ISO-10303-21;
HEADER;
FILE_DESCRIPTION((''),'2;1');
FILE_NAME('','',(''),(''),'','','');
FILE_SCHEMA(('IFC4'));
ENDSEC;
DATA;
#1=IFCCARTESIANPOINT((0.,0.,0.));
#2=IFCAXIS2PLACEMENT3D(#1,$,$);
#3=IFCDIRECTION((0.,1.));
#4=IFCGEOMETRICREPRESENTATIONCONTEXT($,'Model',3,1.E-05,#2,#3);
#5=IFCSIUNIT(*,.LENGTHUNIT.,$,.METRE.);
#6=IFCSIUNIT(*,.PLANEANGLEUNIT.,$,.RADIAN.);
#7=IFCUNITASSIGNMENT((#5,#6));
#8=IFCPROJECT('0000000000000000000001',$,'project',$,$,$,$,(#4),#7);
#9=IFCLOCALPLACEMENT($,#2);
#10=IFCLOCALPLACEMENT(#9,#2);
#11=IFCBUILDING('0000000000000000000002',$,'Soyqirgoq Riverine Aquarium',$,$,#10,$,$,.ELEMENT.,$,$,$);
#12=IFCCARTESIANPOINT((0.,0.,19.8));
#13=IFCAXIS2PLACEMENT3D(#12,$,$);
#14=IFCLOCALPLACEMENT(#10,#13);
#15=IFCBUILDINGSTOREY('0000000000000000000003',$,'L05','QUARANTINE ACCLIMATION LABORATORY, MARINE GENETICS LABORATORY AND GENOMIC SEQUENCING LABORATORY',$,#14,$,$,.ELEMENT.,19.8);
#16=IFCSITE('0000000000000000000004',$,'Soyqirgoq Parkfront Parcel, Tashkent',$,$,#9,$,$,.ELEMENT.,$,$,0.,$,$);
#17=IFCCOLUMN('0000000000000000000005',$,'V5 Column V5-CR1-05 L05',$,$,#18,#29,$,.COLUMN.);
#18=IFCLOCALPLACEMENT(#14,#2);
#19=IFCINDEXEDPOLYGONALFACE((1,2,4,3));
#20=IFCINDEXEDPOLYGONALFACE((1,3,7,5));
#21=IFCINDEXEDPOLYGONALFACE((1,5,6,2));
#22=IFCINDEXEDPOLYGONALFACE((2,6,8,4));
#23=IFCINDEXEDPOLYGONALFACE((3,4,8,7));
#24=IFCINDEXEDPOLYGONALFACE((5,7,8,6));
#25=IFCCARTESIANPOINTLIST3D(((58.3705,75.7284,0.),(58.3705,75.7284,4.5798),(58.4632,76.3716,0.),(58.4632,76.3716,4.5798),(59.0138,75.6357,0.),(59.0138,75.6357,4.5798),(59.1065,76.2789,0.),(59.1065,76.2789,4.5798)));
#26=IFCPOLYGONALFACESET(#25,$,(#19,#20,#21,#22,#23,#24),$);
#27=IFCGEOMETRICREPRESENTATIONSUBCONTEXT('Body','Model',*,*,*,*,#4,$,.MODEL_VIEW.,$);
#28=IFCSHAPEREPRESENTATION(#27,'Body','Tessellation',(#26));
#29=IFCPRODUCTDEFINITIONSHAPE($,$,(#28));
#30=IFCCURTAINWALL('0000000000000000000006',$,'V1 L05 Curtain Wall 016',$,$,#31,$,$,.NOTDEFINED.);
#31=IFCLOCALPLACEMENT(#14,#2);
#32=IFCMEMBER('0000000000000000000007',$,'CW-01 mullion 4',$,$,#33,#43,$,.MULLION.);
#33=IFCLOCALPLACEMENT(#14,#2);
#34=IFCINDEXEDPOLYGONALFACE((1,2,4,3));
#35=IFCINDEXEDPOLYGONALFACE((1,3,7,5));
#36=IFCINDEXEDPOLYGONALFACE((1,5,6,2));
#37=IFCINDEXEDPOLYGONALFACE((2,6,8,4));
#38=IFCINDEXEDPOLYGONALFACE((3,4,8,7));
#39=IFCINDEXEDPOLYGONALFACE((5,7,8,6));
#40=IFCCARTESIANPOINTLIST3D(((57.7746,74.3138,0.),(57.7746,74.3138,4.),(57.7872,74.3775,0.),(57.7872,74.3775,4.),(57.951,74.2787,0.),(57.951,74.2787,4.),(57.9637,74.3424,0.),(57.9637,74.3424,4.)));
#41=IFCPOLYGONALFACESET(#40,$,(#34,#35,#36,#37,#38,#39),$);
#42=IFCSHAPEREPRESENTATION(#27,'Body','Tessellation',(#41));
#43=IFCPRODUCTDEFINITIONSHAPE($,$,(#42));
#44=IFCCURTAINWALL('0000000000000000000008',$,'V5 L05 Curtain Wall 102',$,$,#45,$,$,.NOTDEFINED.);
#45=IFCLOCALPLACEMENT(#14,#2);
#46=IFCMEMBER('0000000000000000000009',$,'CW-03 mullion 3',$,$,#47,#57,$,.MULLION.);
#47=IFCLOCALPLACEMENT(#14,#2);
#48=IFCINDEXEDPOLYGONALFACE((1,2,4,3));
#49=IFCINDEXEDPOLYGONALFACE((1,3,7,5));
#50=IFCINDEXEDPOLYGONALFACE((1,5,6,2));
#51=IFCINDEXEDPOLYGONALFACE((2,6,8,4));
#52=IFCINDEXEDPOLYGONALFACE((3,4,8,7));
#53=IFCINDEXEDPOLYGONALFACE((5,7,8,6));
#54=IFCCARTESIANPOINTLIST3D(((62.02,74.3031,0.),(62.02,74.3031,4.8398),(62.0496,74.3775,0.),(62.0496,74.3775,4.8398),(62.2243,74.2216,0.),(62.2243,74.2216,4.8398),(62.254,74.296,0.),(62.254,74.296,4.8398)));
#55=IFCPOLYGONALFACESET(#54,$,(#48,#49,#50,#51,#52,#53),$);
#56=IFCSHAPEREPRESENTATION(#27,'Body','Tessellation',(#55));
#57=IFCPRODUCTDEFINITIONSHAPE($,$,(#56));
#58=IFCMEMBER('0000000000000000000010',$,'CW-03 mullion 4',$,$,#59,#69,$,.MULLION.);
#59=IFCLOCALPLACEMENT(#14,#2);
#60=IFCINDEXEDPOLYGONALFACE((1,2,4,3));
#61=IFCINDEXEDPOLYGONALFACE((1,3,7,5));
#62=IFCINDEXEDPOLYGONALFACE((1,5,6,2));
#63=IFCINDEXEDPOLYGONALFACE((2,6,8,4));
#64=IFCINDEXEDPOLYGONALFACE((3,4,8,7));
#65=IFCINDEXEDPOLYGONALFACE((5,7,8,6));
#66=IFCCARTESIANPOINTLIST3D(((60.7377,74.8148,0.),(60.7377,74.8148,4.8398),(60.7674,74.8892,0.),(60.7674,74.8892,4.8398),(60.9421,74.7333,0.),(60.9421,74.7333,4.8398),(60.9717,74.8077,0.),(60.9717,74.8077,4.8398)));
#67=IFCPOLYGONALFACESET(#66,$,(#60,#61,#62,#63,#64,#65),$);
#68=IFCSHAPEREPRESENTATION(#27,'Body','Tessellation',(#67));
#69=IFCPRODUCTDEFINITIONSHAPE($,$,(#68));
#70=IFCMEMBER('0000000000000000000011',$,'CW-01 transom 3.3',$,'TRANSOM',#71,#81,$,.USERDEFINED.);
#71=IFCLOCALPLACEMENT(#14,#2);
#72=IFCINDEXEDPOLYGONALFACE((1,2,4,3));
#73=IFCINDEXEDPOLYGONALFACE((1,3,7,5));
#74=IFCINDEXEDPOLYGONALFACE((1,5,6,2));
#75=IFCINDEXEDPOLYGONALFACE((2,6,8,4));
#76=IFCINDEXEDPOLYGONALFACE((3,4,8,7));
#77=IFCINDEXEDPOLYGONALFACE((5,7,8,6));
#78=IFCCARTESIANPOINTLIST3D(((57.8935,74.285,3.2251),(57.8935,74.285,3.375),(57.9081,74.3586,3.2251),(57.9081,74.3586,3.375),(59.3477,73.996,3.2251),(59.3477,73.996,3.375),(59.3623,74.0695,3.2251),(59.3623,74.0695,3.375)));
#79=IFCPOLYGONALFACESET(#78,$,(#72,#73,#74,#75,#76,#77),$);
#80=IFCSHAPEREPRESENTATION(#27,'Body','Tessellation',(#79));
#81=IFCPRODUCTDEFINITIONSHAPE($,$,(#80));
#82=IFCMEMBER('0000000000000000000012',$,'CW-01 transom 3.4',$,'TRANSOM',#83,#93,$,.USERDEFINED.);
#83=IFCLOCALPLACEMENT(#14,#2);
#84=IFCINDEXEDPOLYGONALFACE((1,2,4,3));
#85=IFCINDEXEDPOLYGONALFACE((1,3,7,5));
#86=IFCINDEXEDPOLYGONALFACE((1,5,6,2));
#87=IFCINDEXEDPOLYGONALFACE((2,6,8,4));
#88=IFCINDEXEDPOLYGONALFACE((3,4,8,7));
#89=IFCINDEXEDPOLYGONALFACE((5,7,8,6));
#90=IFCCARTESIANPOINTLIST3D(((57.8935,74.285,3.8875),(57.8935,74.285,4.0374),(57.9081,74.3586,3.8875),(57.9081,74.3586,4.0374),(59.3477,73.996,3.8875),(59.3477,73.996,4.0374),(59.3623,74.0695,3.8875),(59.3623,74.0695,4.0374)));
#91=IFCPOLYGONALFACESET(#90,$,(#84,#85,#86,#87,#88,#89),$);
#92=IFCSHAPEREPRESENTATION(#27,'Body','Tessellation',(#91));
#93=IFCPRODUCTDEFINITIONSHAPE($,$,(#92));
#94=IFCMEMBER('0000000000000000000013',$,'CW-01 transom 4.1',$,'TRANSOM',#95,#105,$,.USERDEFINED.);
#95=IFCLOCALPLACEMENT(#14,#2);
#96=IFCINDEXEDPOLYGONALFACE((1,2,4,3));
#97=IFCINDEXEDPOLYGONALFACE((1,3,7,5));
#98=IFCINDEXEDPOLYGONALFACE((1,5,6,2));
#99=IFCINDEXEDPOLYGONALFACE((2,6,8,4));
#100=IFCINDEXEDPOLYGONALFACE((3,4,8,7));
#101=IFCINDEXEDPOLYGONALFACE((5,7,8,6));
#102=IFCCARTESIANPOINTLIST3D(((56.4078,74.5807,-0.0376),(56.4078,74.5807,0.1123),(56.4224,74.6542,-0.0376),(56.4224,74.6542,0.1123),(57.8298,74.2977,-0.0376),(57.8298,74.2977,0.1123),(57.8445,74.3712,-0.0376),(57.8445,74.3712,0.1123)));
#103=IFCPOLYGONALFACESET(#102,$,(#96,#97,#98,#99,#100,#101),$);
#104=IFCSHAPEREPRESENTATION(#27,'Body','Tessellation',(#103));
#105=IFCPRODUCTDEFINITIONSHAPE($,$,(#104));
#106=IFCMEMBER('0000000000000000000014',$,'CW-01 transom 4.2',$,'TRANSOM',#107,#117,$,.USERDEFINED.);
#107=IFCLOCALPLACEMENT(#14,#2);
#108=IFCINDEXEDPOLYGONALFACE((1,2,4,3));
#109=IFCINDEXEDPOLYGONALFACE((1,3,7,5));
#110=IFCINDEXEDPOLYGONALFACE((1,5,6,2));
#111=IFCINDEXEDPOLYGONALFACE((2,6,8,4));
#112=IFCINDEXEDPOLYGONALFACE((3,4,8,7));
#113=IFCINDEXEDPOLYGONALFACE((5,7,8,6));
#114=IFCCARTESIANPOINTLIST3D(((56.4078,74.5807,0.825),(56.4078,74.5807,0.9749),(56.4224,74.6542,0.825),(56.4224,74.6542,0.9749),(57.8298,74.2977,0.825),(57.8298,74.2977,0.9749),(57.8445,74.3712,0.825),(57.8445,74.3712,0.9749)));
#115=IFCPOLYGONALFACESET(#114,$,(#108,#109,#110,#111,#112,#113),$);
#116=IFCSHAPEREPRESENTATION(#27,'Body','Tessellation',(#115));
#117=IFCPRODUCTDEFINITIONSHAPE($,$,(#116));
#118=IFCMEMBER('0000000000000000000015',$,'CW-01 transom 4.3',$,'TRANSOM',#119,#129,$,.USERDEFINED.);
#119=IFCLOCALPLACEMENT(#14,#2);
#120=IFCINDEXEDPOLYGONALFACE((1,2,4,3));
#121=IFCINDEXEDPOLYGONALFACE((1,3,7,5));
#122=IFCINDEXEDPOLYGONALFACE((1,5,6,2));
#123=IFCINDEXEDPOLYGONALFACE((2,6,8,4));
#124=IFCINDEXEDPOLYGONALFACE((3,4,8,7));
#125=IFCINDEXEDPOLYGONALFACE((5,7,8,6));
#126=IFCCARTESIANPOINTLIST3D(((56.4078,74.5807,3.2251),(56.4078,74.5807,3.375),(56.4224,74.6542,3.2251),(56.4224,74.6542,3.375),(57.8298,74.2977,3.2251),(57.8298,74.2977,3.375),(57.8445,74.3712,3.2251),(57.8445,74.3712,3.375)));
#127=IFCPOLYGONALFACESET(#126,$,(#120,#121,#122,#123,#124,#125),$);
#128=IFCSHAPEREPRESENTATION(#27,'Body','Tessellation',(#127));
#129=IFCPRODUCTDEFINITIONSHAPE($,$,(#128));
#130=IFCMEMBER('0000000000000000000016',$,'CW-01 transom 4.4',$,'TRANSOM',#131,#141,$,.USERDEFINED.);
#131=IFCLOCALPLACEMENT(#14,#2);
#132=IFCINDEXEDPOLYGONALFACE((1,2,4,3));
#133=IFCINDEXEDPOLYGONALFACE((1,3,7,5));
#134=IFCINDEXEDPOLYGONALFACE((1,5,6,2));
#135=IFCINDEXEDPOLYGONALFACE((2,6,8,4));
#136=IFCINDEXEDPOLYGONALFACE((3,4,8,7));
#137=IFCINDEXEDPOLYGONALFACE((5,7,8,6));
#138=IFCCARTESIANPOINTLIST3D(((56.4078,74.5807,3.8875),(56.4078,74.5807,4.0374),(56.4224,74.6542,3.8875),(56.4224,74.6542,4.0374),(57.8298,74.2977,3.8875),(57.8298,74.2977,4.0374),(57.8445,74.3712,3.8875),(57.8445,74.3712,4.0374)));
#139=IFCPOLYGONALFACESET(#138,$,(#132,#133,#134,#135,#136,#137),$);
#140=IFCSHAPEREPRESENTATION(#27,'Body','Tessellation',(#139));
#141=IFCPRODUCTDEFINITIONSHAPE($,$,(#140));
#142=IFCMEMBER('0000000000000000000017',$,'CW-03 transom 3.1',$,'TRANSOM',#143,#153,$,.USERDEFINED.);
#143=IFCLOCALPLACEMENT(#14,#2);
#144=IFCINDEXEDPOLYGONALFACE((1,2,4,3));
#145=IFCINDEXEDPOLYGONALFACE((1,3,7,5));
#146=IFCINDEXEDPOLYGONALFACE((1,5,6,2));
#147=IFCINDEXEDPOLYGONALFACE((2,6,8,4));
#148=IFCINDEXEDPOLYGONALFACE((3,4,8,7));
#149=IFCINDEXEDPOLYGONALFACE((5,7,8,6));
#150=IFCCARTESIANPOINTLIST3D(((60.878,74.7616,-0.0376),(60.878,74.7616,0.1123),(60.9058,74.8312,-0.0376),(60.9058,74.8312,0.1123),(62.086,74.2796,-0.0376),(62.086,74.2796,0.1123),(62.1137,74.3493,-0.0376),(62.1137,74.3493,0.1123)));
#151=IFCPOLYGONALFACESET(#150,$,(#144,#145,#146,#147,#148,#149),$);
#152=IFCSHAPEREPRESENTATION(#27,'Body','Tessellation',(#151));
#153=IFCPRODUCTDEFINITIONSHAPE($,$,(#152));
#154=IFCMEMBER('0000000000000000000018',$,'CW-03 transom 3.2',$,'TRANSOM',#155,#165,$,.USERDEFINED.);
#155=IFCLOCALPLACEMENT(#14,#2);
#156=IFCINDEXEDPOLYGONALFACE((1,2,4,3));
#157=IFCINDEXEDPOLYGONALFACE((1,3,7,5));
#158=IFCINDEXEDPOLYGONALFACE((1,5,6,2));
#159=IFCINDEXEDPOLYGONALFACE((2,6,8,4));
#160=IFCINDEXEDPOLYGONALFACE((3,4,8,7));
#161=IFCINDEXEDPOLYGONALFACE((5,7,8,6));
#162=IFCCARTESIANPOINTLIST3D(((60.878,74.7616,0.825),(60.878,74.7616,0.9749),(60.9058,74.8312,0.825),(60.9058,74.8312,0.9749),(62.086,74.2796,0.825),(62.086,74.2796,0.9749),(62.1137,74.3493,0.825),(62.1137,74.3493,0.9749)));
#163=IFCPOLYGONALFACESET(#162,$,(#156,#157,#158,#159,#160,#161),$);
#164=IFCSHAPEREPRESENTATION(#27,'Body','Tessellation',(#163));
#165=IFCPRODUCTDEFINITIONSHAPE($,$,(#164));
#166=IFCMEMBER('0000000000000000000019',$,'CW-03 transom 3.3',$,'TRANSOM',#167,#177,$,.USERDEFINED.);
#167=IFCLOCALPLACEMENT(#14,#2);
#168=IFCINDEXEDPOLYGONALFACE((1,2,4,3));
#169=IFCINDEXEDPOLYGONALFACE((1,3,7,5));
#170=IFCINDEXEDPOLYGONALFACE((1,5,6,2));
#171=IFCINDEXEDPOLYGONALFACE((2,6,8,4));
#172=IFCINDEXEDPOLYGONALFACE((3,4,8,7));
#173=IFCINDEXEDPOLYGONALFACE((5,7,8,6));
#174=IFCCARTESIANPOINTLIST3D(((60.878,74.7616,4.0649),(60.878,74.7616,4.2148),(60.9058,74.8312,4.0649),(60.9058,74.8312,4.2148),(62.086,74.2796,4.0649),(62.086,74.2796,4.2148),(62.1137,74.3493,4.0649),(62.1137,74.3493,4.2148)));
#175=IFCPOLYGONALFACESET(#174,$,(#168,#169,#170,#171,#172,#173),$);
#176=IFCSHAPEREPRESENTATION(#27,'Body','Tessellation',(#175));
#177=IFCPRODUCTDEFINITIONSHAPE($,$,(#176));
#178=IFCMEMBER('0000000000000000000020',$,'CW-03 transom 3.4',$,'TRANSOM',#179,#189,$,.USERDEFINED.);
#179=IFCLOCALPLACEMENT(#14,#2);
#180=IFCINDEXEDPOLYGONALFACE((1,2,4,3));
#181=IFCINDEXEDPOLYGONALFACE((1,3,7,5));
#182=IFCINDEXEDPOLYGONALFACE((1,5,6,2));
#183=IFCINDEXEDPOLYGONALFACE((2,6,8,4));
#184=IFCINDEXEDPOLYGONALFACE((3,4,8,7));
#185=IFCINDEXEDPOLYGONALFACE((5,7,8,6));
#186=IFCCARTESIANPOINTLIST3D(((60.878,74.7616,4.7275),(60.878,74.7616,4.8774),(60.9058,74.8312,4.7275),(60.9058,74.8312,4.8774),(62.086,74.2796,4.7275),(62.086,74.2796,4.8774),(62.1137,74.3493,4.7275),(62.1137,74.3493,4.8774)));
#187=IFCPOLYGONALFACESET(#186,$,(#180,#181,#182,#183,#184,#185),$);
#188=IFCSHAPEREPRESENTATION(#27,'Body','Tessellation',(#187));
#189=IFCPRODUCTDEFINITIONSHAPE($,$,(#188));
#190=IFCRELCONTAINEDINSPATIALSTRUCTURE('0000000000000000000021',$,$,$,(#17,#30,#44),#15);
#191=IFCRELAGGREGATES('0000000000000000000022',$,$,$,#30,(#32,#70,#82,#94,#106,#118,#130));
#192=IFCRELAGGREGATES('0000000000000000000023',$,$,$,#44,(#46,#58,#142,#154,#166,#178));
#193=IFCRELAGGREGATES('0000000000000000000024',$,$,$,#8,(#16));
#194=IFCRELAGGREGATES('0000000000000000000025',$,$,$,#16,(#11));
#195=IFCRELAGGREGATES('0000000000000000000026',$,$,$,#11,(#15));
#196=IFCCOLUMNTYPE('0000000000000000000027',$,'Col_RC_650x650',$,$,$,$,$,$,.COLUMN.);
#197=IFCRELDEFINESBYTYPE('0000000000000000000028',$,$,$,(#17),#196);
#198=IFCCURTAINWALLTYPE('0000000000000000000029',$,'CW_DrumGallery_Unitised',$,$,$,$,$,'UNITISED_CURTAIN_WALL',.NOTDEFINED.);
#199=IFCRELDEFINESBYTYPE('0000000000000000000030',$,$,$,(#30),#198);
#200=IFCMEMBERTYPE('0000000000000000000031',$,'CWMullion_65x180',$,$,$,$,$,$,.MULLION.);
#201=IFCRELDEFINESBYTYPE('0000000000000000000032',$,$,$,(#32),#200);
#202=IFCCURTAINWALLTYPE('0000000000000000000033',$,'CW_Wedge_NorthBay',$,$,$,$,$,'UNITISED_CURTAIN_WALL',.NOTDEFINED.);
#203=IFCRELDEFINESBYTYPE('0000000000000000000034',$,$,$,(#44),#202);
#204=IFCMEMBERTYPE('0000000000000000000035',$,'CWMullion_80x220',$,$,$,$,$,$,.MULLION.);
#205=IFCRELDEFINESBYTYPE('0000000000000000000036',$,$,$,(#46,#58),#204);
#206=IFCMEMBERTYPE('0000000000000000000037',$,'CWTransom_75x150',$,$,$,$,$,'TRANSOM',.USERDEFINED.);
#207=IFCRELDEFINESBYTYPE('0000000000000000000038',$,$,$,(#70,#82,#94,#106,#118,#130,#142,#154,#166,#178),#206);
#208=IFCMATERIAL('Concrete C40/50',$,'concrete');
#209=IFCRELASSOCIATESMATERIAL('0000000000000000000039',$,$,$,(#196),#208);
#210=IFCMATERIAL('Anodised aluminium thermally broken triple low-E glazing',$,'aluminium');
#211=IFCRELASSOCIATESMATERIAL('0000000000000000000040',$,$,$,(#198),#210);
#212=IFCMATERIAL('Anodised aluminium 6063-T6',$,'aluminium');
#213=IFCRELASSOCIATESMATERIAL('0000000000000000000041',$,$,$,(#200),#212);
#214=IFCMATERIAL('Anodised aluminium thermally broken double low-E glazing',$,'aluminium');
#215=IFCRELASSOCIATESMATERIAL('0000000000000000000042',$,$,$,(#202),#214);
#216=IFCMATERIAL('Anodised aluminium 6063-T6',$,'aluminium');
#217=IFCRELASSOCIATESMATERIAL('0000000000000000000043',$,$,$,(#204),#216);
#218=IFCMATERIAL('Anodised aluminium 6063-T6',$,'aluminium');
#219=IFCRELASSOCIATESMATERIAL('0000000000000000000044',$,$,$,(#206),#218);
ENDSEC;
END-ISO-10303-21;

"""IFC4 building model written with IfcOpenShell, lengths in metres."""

from ifc_helpers import new_model, si_unit, direction, frame, origin, origin_2d, place, context, subcontext, project, spatial, rectangle, extrude, material, material_profile, profile_set, type_object, element, aggregate, save


model = new_model("IFC4")

# Units and contexts
model_context = context("Model", 3, precision=1e-05, world=origin(), true_north=direction((0.0, 1.0)))
body_context = subcontext(model_context, "Body", "Model", "MODEL_VIEW")
ifc_project = project(units=[si_unit("LENGTHUNIT", "METRE"), si_unit("PLANEANGLEUNIT", "RADIAN")], contexts=[model_context])

# Site, building, storey
site_placement = place(None, origin())
site = spatial("IfcSite", under=ifc_project, at=site_placement, Name="Soyqirgoq Parkfront Parcel, Tashkent", CompositionType="ELEMENT", RefElevation=0.0)
building_placement = place(site_placement, origin())
building = spatial("IfcBuilding", under=site, at=building_placement, Name="Soyqirgoq Riverine Aquarium", CompositionType="ELEMENT")
storey_placement = place(building_placement, frame((0.0, 0.0, 19.8)))
storey = spatial("IfcBuildingStorey", under=building, at=storey_placement, Name="L05", Description="QUARANTINE ACCLIMATION LABORATORY, MARINE GENETICS LABORATORY AND GENOMIC SEQUENCING LABORATORY", CompositionType="ELEMENT", Elevation=19.8)

# Column
ifc_material_1 = material(Name="Concrete C40/50", Category="concrete")
ifc_material_profile_1 = material_profile(ifc_material_1, rectangle(XDim=0.6499, YDim=0.6499, at=origin_2d()), Name="RC 650x650")
ifc_profile_set_1 = profile_set([ifc_material_profile_1], Name="Concrete C40/50")
column_type = type_object("IfcColumnType", Name="Col_RC_650x650", PredefinedType="COLUMN", material=ifc_profile_set_1)
column_placement = place(storey_placement, frame((58.7385, 76.0037, 0.0), z_axis=(0.0, 0.0, 1.0), x_axis=(0.142629, 0.989776, 0.0)))
element("IfcColumn", 1, at=column_placement, inside=storey, type_object=column_type, Name="V5 Column V5-CR1-05 L05", PredefinedType="COLUMN", context=body_context, shape_type="SweptSolid", body=[
    extrude(rectangle(XDim=0.6499, YDim=0.6499, at=origin_2d()), origin(), (0.0, 0.0, 1.0), 4.5798),
])

# Curtain wall, member
ifc_material_2 = material(Name="Anodised aluminium thermally broken triple low-E glazing", Category="aluminium")
curtain_wall_type_1 = type_object("IfcCurtainWallType", Name="CW_DrumGallery_Unitised", ElementType="UNITISED_CURTAIN_WALL", PredefinedType="NOTDEFINED", material=ifc_material_2)
curtain_wall_1_placement = place(storey_placement, origin())
curtain_wall_1 = element("IfcCurtainWall", 2, at=curtain_wall_1_placement, inside=storey, type_object=curtain_wall_type_1, Name="V1 L05 Curtain Wall 016", PredefinedType="NOTDEFINED")
ifc_material_3 = material(Name="Anodised aluminium 6063-T6", Category="aluminium")
ifc_material_profile_2 = material_profile(ifc_material_3, rectangle(XDim=0.0649, YDim=0.1799, at=origin_2d()), Name="ALU-M 65x180")
ifc_profile_set_2 = profile_set([ifc_material_profile_2], Name="Anodised aluminium 6063-T6")
member_type_1 = type_object("IfcMemberType", Name="CWMullion_65x180", PredefinedType="MULLION", material=ifc_profile_set_2)
member_1_placement = place(storey_placement, frame((57.8691, 74.3281, 0.0), z_axis=(0.0, 0.0, 1.0), x_axis=(-0.195078, -0.980788, 0.0)))
member_1 = element("IfcMember", 3, at=member_1_placement, type_object=member_type_1, Name="CW-01 mullion 4", PredefinedType="MULLION", context=body_context, shape_type="SweptSolid", body=[
    extrude(rectangle(XDim=0.0649, YDim=0.1799, at=origin_2d()), origin(), (0.0, 0.0, 1.0), 4.0),
])

# Curtain wall, members
ifc_material_4 = material(Name="Anodised aluminium thermally broken double low-E glazing", Category="aluminium")
curtain_wall_type_2 = type_object("IfcCurtainWallType", Name="CW_Wedge_NorthBay", ElementType="UNITISED_CURTAIN_WALL", PredefinedType="NOTDEFINED", material=ifc_material_4)
curtain_wall_2_placement = place(storey_placement, origin())
curtain_wall_2 = element("IfcCurtainWall", 4, at=curtain_wall_2_placement, inside=storey, type_object=curtain_wall_type_2, Name="V5 L05 Curtain Wall 102", PredefinedType="NOTDEFINED")
ifc_material_5 = material(Name="Anodised aluminium 6063-T6", Category="aluminium")
ifc_material_profile_3 = material_profile(ifc_material_5, rectangle(XDim=0.0801, YDim=0.22, at=origin_2d()), Name="ALU-M 80x220")
ifc_profile_set_3 = profile_set([ifc_material_profile_3], Name="Anodised aluminium 6063-T6")
member_type_2 = type_object("IfcMemberType", Name="CWMullion_80x220", PredefinedType="MULLION", material=ifc_profile_set_3)
member_2_placement = place(storey_placement, frame((62.137, 74.2996, 0.0), z_axis=(0.0, 0.0, 1.0), x_axis=(-0.370569, -0.928805, 0.0)))
member_2 = element("IfcMember", 5, at=member_2_placement, type_object=member_type_2, Name="CW-03 mullion 3", PredefinedType="MULLION", context=body_context, shape_type="SweptSolid", body=[
    extrude(rectangle(XDim=0.0801, YDim=0.22, at=origin_2d()), origin(), (0.0, 0.0, 1.0), 4.8398),
])
member_3_placement = place(storey_placement, frame((60.8547, 74.8113, 0.0), z_axis=(0.0, 0.0, 1.0), x_axis=(-0.370569, -0.928805, 0.0)))
member_3 = element("IfcMember", 6, at=member_3_placement, type_object=member_type_2, Name="CW-03 mullion 4", PredefinedType="MULLION", context=body_context, shape_type="SweptSolid", body=[
    extrude(rectangle(XDim=0.0801, YDim=0.22, at=origin_2d()), origin(), (0.0, 0.0, 1.0), 4.8398),
])

# Members
ifc_material_6 = material(Name="Anodised aluminium 6063-T6", Category="aluminium")
ifc_material_profile_4 = material_profile(ifc_material_6, rectangle(XDim=0.075, YDim=0.1499, at=origin_2d()), Name="ALU-T 75x150")
ifc_profile_set_4 = profile_set([ifc_material_profile_4], Name="Anodised aluminium 6063-T6")
member_type_3 = type_object("IfcMemberType", Name="CWTransom_75x150", ElementType="TRANSOM", PredefinedType="USERDEFINED", material=ifc_profile_set_4)
member_4_placement = place(storey_placement, frame((59.355, 74.0327, 3.3), z_axis=(-0.980808, 0.194976, 0.0), x_axis=(-0.194976, -0.980808, 0.0)))
member_4 = element("IfcMember", 7, at=member_4_placement, type_object=member_type_3, Name="CW-01 transom 3.3", ObjectType="TRANSOM", PredefinedType="USERDEFINED", context=body_context, shape_type="SweptSolid", body=[
    extrude(rectangle(XDim=0.075, YDim=0.1499, at=origin_2d()), origin(), (0.0, 0.0, 1.0), 1.4827),
])
member_5_placement = place(storey_placement, frame((59.355, 74.0327, 3.9624), z_axis=(-0.980808, 0.194976, 0.0), x_axis=(-0.194976, -0.980808, 0.0)))
member_5 = element("IfcMember", 8, at=member_5_placement, type_object=member_type_3, Name="CW-01 transom 3.4", ObjectType="TRANSOM", PredefinedType="USERDEFINED", context=body_context, shape_type="SweptSolid", body=[
    extrude(rectangle(XDim=0.075, YDim=0.1499, at=origin_2d()), origin(), (0.0, 0.0, 1.0), 1.4827),
])
member_6_placement = place(storey_placement, frame((57.8372, 74.3345, 0.0374), z_axis=(-0.980774, 0.195145, 0.0), x_axis=(-0.195145, -0.980774, 0.0)))
member_6 = element("IfcMember", 9, at=member_6_placement, type_object=member_type_3, Name="CW-01 transom 4.1", ObjectType="TRANSOM", PredefinedType="USERDEFINED", context=body_context, shape_type="SweptSolid", body=[
    extrude(rectangle(XDim=0.075, YDim=0.1499, at=origin_2d()), origin(), (0.0, 0.0, 1.0), 1.45),
])
member_7_placement = place(storey_placement, frame((57.8372, 74.3345, 0.8999), z_axis=(-0.980774, 0.195145, 0.0), x_axis=(-0.195145, -0.980774, 0.0)))
member_7 = element("IfcMember", 10, at=member_7_placement, type_object=member_type_3, Name="CW-01 transom 4.2", ObjectType="TRANSOM", PredefinedType="USERDEFINED", context=body_context, shape_type="SweptSolid", body=[
    extrude(rectangle(XDim=0.075, YDim=0.1499, at=origin_2d()), origin(), (0.0, 0.0, 1.0), 1.45),
])
member_8_placement = place(storey_placement, frame((57.8372, 74.3345, 3.3), z_axis=(-0.980774, 0.195145, 0.0), x_axis=(-0.195145, -0.980774, 0.0)))
member_8 = element("IfcMember", 11, at=member_8_placement, type_object=member_type_3, Name="CW-01 transom 4.3", ObjectType="TRANSOM", PredefinedType="USERDEFINED", context=body_context, shape_type="SweptSolid", body=[
    extrude(rectangle(XDim=0.075, YDim=0.1499, at=origin_2d()), origin(), (0.0, 0.0, 1.0), 1.45),
])
member_9_placement = place(storey_placement, frame((57.8372, 74.3345, 3.9624), z_axis=(-0.980774, 0.195145, 0.0), x_axis=(-0.195145, -0.980774, 0.0)))
member_9 = element("IfcMember", 12, at=member_9_placement, type_object=member_type_3, Name="CW-01 transom 4.4", ObjectType="TRANSOM", PredefinedType="USERDEFINED", context=body_context, shape_type="SweptSolid", body=[
    extrude(rectangle(XDim=0.075, YDim=0.1499, at=origin_2d()), origin(), (0.0, 0.0, 1.0), 1.45),
])
member_10_placement = place(storey_placement, frame((62.0999, 74.3145, 0.0374), z_axis=(-0.928813, 0.370549, 0.0), x_axis=(-0.370549, -0.928813, 0.0)))
member_10 = element("IfcMember", 13, at=member_10_placement, type_object=member_type_3, Name="CW-03 transom 3.1", ObjectType="TRANSOM", PredefinedType="USERDEFINED", context=body_context, shape_type="SweptSolid", body=[
    extrude(rectangle(XDim=0.075, YDim=0.1499, at=origin_2d()), origin(), (0.0, 0.0, 1.0), 1.3005),
])
member_11_placement = place(storey_placement, frame((62.0999, 74.3145, 0.8999), z_axis=(-0.928813, 0.370549, 0.0), x_axis=(-0.370549, -0.928813, 0.0)))
member_11 = element("IfcMember", 14, at=member_11_placement, type_object=member_type_3, Name="CW-03 transom 3.2", ObjectType="TRANSOM", PredefinedType="USERDEFINED", context=body_context, shape_type="SweptSolid", body=[
    extrude(rectangle(XDim=0.075, YDim=0.1499, at=origin_2d()), origin(), (0.0, 0.0, 1.0), 1.3005),
])
member_12_placement = place(storey_placement, frame((62.0999, 74.3145, 4.1399), z_axis=(-0.928813, 0.370549, 0.0), x_axis=(-0.370549, -0.928813, 0.0)))
member_12 = element("IfcMember", 15, at=member_12_placement, type_object=member_type_3, Name="CW-03 transom 3.3", ObjectType="TRANSOM", PredefinedType="USERDEFINED", context=body_context, shape_type="SweptSolid", body=[
    extrude(rectangle(XDim=0.075, YDim=0.1499, at=origin_2d()), origin(), (0.0, 0.0, 1.0), 1.3005),
])
member_13_placement = place(storey_placement, frame((62.0999, 74.3145, 4.8025), z_axis=(-0.928813, 0.370549, 0.0), x_axis=(-0.370549, -0.928813, 0.0)))
member_13 = element("IfcMember", 16, at=member_13_placement, type_object=member_type_3, Name="CW-03 transom 3.4", ObjectType="TRANSOM", PredefinedType="USERDEFINED", context=body_context, shape_type="SweptSolid", body=[
    extrude(rectangle(XDim=0.075, YDim=0.1499, at=origin_2d()), origin(), (0.0, 0.0, 1.0), 1.3005),
])

aggregate(curtain_wall_1, [member_1, member_4, member_5, member_6, member_7, member_8, member_9])
aggregate(curtain_wall_2, [member_2, member_3, member_10, member_11, member_12, member_13])

save(model, "model.ifc")
